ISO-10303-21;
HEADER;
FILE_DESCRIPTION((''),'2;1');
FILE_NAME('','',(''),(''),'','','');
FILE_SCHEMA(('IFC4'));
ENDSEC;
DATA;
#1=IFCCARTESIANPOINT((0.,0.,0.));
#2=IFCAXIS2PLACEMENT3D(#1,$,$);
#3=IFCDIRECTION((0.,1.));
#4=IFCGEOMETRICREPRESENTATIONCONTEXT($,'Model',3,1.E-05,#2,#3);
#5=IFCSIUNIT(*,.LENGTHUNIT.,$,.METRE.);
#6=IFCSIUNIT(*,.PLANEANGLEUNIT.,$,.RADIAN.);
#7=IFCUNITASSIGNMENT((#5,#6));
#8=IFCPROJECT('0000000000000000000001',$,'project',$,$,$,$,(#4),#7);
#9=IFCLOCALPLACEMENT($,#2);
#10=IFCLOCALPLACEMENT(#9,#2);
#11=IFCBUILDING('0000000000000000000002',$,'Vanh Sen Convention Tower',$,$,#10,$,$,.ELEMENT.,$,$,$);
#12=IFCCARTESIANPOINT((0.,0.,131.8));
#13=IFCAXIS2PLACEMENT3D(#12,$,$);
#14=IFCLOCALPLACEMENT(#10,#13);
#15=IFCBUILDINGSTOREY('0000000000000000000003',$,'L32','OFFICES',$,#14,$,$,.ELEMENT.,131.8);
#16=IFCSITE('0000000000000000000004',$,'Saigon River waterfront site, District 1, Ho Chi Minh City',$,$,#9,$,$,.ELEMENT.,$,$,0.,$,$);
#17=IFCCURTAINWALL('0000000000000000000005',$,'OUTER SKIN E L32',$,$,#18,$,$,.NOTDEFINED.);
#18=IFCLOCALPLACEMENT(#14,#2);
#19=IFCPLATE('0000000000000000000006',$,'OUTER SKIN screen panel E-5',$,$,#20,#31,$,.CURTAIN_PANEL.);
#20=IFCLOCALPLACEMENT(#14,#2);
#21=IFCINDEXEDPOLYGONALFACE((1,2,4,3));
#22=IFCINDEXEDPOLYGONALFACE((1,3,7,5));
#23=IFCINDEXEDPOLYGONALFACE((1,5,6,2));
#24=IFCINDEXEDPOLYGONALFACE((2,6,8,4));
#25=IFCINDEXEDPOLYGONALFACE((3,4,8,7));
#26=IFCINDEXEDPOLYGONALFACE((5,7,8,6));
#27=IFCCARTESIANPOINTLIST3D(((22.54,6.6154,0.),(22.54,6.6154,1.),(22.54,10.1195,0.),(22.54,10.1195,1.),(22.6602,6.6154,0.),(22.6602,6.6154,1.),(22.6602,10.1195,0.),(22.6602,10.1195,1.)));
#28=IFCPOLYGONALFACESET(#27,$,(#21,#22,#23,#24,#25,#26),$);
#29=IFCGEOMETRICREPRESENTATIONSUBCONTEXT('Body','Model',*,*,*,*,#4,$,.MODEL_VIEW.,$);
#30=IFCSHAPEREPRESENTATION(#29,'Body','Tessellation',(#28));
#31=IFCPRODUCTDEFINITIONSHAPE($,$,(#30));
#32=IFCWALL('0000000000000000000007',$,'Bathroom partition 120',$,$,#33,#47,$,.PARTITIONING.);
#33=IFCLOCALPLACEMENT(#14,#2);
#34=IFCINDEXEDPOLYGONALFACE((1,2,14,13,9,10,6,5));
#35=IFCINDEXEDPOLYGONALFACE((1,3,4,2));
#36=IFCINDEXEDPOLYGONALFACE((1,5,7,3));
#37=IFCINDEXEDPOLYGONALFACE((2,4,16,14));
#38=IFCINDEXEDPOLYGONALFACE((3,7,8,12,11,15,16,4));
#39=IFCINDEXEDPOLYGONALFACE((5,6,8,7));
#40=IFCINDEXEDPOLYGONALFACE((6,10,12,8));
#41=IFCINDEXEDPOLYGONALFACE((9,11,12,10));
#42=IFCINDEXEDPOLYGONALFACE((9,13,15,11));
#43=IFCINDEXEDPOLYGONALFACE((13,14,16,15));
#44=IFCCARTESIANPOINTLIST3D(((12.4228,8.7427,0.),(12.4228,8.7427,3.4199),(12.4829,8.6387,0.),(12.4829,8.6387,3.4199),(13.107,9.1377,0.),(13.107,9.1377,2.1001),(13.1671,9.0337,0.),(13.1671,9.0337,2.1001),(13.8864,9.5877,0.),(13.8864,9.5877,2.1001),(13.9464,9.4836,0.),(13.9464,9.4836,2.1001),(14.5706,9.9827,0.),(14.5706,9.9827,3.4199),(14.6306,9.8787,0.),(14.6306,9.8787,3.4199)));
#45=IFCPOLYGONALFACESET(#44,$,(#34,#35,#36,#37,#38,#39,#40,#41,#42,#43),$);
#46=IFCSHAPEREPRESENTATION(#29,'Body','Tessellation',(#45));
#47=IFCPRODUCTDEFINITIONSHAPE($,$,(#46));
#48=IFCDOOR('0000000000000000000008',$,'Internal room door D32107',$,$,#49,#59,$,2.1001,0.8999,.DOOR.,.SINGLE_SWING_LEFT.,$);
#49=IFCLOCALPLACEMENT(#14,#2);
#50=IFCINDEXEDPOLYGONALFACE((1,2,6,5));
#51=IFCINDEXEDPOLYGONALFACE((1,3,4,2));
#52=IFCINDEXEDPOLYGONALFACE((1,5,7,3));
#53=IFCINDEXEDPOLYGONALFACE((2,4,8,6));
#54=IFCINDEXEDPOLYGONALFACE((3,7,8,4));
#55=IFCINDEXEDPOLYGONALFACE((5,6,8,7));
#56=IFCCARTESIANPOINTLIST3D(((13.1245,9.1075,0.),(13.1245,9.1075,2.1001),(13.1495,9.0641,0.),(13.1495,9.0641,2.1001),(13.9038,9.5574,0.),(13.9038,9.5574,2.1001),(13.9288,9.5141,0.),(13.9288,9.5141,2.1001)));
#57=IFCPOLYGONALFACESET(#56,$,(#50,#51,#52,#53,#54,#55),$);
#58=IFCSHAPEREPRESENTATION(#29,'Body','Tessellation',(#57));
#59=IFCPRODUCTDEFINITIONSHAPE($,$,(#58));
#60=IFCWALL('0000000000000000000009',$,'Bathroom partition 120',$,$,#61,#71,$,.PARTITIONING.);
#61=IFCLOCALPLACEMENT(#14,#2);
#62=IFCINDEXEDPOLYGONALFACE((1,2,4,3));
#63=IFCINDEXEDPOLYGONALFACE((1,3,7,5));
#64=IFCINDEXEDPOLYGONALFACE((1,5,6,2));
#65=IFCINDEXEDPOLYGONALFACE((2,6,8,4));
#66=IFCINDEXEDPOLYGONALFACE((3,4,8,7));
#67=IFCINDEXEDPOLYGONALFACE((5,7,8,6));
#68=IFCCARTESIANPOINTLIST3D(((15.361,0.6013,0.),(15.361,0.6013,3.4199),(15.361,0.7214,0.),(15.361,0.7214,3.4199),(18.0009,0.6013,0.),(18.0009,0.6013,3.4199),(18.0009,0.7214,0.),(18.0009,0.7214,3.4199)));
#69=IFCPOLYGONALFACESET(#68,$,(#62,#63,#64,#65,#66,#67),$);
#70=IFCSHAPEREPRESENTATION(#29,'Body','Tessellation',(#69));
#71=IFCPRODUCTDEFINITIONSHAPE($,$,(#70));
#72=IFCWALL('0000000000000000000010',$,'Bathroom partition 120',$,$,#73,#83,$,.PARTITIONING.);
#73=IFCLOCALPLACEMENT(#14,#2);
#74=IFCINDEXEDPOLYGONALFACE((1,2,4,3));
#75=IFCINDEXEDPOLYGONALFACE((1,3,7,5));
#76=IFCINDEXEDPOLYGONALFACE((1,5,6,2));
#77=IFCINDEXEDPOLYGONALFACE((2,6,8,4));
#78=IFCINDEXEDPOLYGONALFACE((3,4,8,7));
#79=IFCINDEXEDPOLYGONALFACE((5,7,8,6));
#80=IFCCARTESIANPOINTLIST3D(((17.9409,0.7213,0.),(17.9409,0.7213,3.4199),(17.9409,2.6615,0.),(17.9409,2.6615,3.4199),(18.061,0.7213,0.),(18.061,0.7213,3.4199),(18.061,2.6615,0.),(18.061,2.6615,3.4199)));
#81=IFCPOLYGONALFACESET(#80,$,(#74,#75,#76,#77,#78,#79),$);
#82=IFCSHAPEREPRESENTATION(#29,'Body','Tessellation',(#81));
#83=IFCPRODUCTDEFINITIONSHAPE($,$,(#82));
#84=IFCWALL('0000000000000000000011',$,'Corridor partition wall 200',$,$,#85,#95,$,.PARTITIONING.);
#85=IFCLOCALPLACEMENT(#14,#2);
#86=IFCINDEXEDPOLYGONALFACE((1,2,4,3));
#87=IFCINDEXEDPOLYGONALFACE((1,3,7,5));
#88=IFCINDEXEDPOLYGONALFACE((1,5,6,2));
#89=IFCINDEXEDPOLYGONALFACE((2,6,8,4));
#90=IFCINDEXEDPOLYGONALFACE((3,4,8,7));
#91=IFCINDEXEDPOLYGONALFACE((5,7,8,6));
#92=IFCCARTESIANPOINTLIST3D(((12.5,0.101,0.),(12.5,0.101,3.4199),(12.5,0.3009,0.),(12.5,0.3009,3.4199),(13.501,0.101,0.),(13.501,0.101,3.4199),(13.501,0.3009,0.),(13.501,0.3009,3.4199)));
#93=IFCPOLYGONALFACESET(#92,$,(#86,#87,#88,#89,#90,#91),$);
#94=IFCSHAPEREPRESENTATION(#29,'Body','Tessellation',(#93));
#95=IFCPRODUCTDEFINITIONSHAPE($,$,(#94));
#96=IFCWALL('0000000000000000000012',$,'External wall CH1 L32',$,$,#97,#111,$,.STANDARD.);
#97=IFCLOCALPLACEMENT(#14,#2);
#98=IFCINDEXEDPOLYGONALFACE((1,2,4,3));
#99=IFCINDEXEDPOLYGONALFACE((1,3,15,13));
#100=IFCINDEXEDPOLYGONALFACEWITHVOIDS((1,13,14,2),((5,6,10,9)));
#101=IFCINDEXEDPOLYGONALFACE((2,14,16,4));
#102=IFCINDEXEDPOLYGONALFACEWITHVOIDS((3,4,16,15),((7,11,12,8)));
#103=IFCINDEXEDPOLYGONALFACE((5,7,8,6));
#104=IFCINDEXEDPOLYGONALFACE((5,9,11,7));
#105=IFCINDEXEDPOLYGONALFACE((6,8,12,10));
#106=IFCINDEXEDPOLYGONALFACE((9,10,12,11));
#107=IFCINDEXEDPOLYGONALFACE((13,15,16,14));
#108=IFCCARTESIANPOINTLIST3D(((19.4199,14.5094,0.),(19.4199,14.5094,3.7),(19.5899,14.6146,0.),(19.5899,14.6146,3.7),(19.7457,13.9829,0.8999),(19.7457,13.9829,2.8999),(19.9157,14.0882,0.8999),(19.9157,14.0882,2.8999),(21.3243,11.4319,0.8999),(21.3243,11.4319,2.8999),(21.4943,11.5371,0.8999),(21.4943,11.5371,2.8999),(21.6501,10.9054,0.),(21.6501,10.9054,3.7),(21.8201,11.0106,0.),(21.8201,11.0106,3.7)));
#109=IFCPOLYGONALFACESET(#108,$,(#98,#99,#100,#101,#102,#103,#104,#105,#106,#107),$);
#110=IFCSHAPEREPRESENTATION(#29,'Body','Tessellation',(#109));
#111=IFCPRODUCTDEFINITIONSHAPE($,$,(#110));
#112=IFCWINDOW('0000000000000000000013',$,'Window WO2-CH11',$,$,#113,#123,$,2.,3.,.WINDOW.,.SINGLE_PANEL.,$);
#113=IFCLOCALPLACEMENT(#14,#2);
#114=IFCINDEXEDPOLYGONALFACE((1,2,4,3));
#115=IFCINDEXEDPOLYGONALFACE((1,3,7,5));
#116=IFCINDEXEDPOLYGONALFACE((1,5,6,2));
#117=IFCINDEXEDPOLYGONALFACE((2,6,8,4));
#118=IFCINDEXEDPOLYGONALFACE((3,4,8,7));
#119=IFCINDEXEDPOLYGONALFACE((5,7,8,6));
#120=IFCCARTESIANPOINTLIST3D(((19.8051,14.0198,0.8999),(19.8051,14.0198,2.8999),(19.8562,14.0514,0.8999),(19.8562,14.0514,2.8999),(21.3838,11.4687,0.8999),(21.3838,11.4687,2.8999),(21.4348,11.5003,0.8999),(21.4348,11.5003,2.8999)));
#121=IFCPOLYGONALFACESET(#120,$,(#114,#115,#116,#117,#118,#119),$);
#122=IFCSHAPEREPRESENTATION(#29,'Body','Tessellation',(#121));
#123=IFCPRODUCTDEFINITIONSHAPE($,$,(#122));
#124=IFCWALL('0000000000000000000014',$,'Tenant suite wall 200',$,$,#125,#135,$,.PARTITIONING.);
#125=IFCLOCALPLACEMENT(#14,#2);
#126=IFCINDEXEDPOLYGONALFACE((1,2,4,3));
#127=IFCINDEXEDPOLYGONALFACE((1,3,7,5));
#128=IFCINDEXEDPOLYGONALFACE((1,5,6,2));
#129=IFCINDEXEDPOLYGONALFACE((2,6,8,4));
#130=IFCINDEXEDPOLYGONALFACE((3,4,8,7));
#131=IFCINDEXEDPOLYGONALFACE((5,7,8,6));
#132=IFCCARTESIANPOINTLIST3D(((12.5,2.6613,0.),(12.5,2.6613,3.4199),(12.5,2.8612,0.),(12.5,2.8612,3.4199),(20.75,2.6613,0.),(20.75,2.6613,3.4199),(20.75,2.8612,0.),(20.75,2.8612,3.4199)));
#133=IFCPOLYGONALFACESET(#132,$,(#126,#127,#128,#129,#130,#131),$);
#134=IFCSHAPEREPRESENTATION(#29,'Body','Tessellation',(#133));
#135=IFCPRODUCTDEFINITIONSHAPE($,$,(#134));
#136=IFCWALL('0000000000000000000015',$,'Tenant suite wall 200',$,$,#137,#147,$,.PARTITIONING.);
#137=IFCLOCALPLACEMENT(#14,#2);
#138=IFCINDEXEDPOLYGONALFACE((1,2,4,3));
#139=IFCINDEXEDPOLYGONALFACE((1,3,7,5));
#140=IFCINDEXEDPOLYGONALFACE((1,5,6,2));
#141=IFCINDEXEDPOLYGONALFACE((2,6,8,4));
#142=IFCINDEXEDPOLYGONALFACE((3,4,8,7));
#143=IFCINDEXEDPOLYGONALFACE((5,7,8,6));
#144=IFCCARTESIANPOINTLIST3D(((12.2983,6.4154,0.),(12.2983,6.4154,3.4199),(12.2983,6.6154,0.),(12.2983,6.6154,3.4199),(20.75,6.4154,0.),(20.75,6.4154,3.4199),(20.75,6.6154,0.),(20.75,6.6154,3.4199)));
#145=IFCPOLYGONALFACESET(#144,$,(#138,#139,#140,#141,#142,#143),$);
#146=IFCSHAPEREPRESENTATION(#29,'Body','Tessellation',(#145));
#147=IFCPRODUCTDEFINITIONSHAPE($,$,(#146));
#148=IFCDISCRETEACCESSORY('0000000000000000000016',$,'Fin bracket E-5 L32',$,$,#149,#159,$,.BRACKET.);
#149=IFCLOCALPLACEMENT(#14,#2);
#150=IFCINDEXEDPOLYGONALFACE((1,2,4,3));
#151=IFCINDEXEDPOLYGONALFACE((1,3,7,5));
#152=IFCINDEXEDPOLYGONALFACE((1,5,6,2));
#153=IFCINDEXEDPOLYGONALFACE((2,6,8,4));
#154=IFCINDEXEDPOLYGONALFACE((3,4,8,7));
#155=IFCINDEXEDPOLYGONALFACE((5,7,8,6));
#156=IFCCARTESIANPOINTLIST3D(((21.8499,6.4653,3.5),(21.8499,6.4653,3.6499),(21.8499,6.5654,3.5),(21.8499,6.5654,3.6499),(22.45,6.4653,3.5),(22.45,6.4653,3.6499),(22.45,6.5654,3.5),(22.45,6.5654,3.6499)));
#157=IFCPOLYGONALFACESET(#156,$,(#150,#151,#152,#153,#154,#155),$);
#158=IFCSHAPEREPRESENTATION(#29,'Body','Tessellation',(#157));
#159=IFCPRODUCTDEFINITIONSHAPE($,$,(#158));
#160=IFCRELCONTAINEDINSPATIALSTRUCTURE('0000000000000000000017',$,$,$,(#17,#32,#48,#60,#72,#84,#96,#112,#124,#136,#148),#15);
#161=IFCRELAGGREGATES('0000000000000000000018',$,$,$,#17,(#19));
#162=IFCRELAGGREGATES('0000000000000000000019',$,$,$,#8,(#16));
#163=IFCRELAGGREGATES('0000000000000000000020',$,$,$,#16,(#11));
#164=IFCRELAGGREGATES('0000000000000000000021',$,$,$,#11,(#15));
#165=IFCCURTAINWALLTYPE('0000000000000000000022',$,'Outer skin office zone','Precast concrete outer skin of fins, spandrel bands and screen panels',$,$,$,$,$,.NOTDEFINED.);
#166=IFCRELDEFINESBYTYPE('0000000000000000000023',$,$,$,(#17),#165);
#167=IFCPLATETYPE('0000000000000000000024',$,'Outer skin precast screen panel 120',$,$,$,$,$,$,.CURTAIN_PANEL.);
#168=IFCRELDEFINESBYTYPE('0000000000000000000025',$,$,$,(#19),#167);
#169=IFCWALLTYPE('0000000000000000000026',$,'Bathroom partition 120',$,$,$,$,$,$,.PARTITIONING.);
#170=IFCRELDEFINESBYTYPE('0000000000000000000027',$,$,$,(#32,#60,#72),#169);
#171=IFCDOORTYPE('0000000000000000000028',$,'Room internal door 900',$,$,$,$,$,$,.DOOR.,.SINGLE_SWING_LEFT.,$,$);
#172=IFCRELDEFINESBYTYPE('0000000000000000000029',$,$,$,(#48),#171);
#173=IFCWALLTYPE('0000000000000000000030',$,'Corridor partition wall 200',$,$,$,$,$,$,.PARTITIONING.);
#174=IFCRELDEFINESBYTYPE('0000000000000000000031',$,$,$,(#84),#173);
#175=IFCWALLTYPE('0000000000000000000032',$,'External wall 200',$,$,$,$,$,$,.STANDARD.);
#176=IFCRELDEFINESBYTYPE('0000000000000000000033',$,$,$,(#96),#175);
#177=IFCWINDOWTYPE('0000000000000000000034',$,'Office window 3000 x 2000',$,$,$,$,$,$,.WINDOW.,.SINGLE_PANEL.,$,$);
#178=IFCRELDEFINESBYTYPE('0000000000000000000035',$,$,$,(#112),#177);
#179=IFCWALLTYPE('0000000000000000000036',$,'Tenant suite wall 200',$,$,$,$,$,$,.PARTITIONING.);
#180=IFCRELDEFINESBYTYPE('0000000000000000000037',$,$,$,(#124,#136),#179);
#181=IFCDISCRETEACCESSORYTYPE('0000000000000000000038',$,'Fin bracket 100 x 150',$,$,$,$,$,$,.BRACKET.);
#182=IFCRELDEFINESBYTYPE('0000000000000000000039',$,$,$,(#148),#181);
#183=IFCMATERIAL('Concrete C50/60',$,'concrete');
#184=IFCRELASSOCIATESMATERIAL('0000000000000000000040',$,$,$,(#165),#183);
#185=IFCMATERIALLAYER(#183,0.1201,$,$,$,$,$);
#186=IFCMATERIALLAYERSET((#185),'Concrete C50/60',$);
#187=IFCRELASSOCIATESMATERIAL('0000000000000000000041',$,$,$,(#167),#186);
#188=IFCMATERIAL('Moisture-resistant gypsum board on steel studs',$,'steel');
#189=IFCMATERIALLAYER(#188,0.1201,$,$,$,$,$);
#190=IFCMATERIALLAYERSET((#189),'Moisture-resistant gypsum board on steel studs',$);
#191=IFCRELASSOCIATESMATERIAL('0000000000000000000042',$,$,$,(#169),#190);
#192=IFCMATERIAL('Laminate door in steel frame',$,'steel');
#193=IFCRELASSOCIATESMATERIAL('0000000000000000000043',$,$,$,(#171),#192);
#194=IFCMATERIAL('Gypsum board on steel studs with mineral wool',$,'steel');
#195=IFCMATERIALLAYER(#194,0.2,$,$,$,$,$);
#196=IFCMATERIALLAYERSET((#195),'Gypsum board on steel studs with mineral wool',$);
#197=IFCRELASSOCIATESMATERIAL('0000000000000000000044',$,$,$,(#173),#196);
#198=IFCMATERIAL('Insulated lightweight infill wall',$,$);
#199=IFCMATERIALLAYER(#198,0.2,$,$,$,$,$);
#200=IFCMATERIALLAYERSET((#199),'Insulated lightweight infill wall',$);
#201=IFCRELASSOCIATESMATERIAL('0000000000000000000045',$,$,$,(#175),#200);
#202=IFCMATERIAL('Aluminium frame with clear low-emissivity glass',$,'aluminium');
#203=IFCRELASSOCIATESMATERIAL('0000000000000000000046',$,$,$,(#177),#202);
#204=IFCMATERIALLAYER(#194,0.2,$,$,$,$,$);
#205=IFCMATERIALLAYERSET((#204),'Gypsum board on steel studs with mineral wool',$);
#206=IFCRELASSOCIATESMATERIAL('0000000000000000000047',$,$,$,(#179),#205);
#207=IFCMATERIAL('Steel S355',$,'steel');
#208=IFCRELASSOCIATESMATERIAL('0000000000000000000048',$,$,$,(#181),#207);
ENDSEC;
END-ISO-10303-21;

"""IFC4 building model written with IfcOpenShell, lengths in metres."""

from ifc_helpers import new_model, si_unit, direction, frame, frame_2d, origin, origin_2d, place, context, subcontext, project, spatial, rectangle, extrude, material, layer, layer_set, type_object, element, fill, aggregate, save


model = new_model("IFC4")

# Units and contexts
model_context = context("Model", 3, precision=1e-05, world=origin(), true_north=direction((0.0, 1.0)))
body_context = subcontext(model_context, "Body", "Model", "MODEL_VIEW")
ifc_project = project(units=[si_unit("LENGTHUNIT", "METRE"), si_unit("PLANEANGLEUNIT", "RADIAN")], contexts=[model_context])

# Site, building, storey
site_placement = place(None, origin())
site = spatial("IfcSite", under=ifc_project, at=site_placement, Name="Saigon River waterfront site, District 1, Ho Chi Minh City", CompositionType="ELEMENT", RefElevation=0.0)
building_placement = place(site_placement, origin())
building = spatial("IfcBuilding", under=site, at=building_placement, Name="Vanh Sen Convention Tower", CompositionType="ELEMENT")
storey_placement = place(building_placement, frame((0.0, 0.0, 131.8)))
storey = spatial("IfcBuildingStorey", under=building, at=storey_placement, Name="L32", Description="OFFICES", CompositionType="ELEMENT", Elevation=131.8)

# Curtain wall
ifc_material_1 = material(Name="Concrete C50/60", Category="concrete")
curtain_wall_type = type_object("IfcCurtainWallType", Name="Outer skin office zone", Description="Precast concrete outer skin of fins, spandrel bands and screen panels", PredefinedType="NOTDEFINED", material=ifc_material_1)
curtain_wall_1_placement = place(storey_placement, origin())
curtain_wall_1 = element("IfcCurtainWall", 1, at=curtain_wall_1_placement, inside=storey, type_object=curtain_wall_type, Name="OUTER SKIN E L32", PredefinedType="NOTDEFINED")

# Plate
ifc_layer_1 = layer(ifc_material_1, 0.1201)
ifc_layer_set_1 = layer_set([ifc_layer_1], Name="Concrete C50/60")
plate_type = type_object("IfcPlateType", Name="Outer skin precast screen panel 120", PredefinedType="CURTAIN_PANEL", material=ifc_layer_set_1)
plate_1_placement = place(storey_placement, frame((22.6001, 8.3674, 0.0), z_axis=(0.0, 0.0, 1.0), x_axis=(0.0, 1.0, 0.0)))
plate_1 = element("IfcPlate", 2, at=plate_1_placement, type_object=plate_type, Name="OUTER SKIN screen panel E-5", PredefinedType="CURTAIN_PANEL", context=body_context, shape_type="SweptSolid", body=[
    extrude(rectangle(XDim=3.5042, YDim=0.1201, at=origin_2d()), origin(), (0.0, 0.0, 1.0), 1.0),
])
aggregate(curtain_wall_1, [plate_1])

# Wall, opening, door
ifc_material_2 = material(Name="Moisture-resistant gypsum board on steel studs", Category="steel")
ifc_layer_2 = layer(ifc_material_2, 0.1201)
ifc_layer_set_2 = layer_set([ifc_layer_2], Name="Moisture-resistant gypsum board on steel studs")
wall_type_1 = type_object("IfcWallType", Name="Bathroom partition 120", PredefinedType="PARTITIONING", material=ifc_layer_set_2)
wall_1_placement = place(storey_placement, frame((14.6006, 9.9307, 0.0), z_axis=(0.0, 0.0, 1.0), x_axis=(-0.866023, -0.500004, 0.0)))
wall_1 = element("IfcWall", 3, at=wall_1_placement, inside=storey, type_object=wall_type_1, Name="Bathroom partition 120", PredefinedType="PARTITIONING", context=body_context, shape_type="SweptSolid", body=[
    extrude(rectangle(XDim=2.48, YDim=0.1201, at=frame_2d((1.24, 0.0))), origin(), (0.0, 0.0, 1.0), 3.4199),
])
opening_1_placement = place(wall_1_placement, frame((0.79, 0.0, 0.0)))
opening_1 = element("IfcOpeningElement", 4, at=opening_1_placement, cuts=wall_1, PredefinedType="OPENING", context=body_context, shape_type="SweptSolid", body=[
    extrude(rectangle(XDim=0.8999, YDim=2.1001, at=frame_2d((0.45, 1.05))), frame((0.0, 0.0701, 0.0), z_axis=(0.0, -1.0, 0.0), x_axis=(1.0, 0.0, 0.0)), (0.0, 0.0, 1.0), 0.1401),
])
ifc_material_3 = material(Name="Laminate door in steel frame", Category="steel")
door_type = type_object("IfcDoorType", Name="Room internal door 900", OperationType="SINGLE_SWING_LEFT", PredefinedType="DOOR", material=ifc_material_3)
door_placement = place(opening_1_placement, origin())
door = element("IfcDoor", 5, at=door_placement, inside=storey, type_object=door_type, Name="Internal room door D32107", OperationType="SINGLE_SWING_LEFT", OverallHeight=2.1001, OverallWidth=0.8999, PredefinedType="DOOR", context=body_context, shape_type="SweptSolid", body=[
    extrude(rectangle(XDim=0.8999, YDim=2.1001, at=frame_2d((0.45, 1.05))), frame((0.0, 0.0249, 0.0), z_axis=(0.0, -1.0, 0.0), x_axis=(1.0, 0.0, 0.0)), (0.0, 0.0, 1.0), 0.05),
])
fill(opening_1, door)

# Walls
wall_2_placement = place(storey_placement, frame((15.3611, 0.6614, 0.0), z_axis=(0.0, 0.0, 1.0), x_axis=(1.0, 0.0, 0.0)))
element("IfcWall", 6, at=wall_2_placement, inside=storey, type_object=wall_type_1, Name="Bathroom partition 120", PredefinedType="PARTITIONING", context=body_context, shape_type="SweptSolid", body=[
    extrude(rectangle(XDim=2.6399, YDim=0.1201, at=frame_2d((1.3198, 0.0))), origin(), (0.0, 0.0, 1.0), 3.4199),
])
wall_3_placement = place(storey_placement, frame((18.001, 0.7212, 0.0), z_axis=(0.0, 0.0, 1.0), x_axis=(0.0, 1.0, 0.0)))
element("IfcWall", 7, at=wall_3_placement, inside=storey, type_object=wall_type_1, Name="Bathroom partition 120", PredefinedType="PARTITIONING", context=body_context, shape_type="SweptSolid", body=[
    extrude(rectangle(XDim=1.9402, YDim=0.1201, at=frame_2d((0.9702, 0.0))), origin(), (0.0, 0.0, 1.0), 3.4199),
])
ifc_material_4 = material(Name="Gypsum board on steel studs with mineral wool", Category="steel")
ifc_layer_3 = layer(ifc_material_4, 0.2)
ifc_layer_set_3 = layer_set([ifc_layer_3], Name="Gypsum board on steel studs with mineral wool")
wall_type_2 = type_object("IfcWallType", Name="Corridor partition wall 200", PredefinedType="PARTITIONING", material=ifc_layer_set_3)
wall_4_placement = place(storey_placement, frame((13.501, 0.2009, 0.0), z_axis=(0.0, 0.0, 1.0), x_axis=(-1.0, 0.0, 0.0)))
element("IfcWall", 8, at=wall_4_placement, inside=storey, type_object=wall_type_2, Name="Corridor partition wall 200", PredefinedType="PARTITIONING", context=body_context, shape_type="SweptSolid", body=[
    extrude(rectangle(XDim=1.001, YDim=0.2, at=frame_2d((0.5005, 0.0))), origin(), (0.0, 0.0, 1.0), 3.4199),
])

# Wall, opening, window
ifc_material_5 = material(Name="Insulated lightweight infill wall")
ifc_layer_4 = layer(ifc_material_5, 0.2)
ifc_layer_set_4 = layer_set([ifc_layer_4], Name="Insulated lightweight infill wall")
wall_type_3 = type_object("IfcWallType", Name="External wall 200", PredefinedType="STANDARD", material=ifc_layer_set_4)
wall_5_placement = place(storey_placement, frame((21.7351, 10.958, 0.0), z_axis=(0.0, 0.0, 1.0), x_axis=(-0.526214, 0.850352, 0.0)))
wall_5 = element("IfcWall", 9, at=wall_5_placement, inside=storey, type_object=wall_type_3, Name="External wall CH1 L32", PredefinedType="STANDARD", context=body_context, shape_type="SweptSolid", body=[
    extrude(rectangle(XDim=4.2383, YDim=0.2, at=frame_2d((2.1191, 0.0))), origin(), (0.0, 0.0, 1.0), 3.7),
])
opening_2_placement = place(wall_5_placement, frame((0.6191, 0.0, 0.8999)))
opening_2 = element("IfcOpeningElement", 10, at=opening_2_placement, cuts=wall_5, PredefinedType="OPENING", context=body_context, shape_type="SweptSolid", body=[
    extrude(rectangle(XDim=3.0, YDim=2.0, at=frame_2d((1.5, 1.0))), frame((0.0, 0.1099, 0.0), z_axis=(0.0, -1.0, 0.0), x_axis=(1.0, 0.0, 0.0)), (0.0, 0.0, 1.0), 0.22),
])
ifc_material_6 = material(Name="Aluminium frame with clear low-emissivity glass", Category="aluminium")
window_type = type_object("IfcWindowType", Name="Office window 3000 x 2000", PartitioningType="SINGLE_PANEL", PredefinedType="WINDOW", material=ifc_material_6)
window_placement = place(opening_2_placement, origin())
window = element("IfcWindow", 11, at=window_placement, inside=storey, type_object=window_type, Name="Window WO2-CH11", OverallHeight=2.0, OverallWidth=3.0, PartitioningType="SINGLE_PANEL", PredefinedType="WINDOW", context=body_context, shape_type="SweptSolid", body=[
    extrude(rectangle(XDim=3.0, YDim=2.0, at=frame_2d((1.5, 1.0))), frame((0.0, 0.03, 0.0), z_axis=(0.0, -1.0, 0.0), x_axis=(1.0, 0.0, 0.0)), (0.0, 0.0, 1.0), 0.0601),
])
fill(opening_2, window)

# Walls
ifc_layer_5 = layer(ifc_material_4, 0.2)
ifc_layer_set_5 = layer_set([ifc_layer_5], Name="Gypsum board on steel studs with mineral wool")
wall_type_4 = type_object("IfcWallType", Name="Tenant suite wall 200", PredefinedType="PARTITIONING", material=ifc_layer_set_5)
wall_6_placement = place(storey_placement, frame((20.75, 2.7612, 0.0), z_axis=(0.0, 0.0, 1.0), x_axis=(-1.0, 0.0, 0.0)))
element("IfcWall", 12, at=wall_6_placement, inside=storey, type_object=wall_type_4, Name="Tenant suite wall 200", PredefinedType="PARTITIONING", context=body_context, shape_type="SweptSolid", body=[
    extrude(rectangle(XDim=8.25, YDim=0.2, at=frame_2d((4.125, 0.0))), origin(), (0.0, 0.0, 1.0), 3.4199),
])
wall_7_placement = place(storey_placement, frame((20.75, 6.5154, 0.0), z_axis=(0.0, 0.0, 1.0), x_axis=(-1.0, 0.0, 0.0)))
element("IfcWall", 13, at=wall_7_placement, inside=storey, type_object=wall_type_4, Name="Tenant suite wall 200", PredefinedType="PARTITIONING", context=body_context, shape_type="SweptSolid", body=[
    extrude(rectangle(XDim=8.4517, YDim=0.2, at=frame_2d((4.2258, 0.0))), origin(), (0.0, 0.0, 1.0), 3.4199),
])

# Discrete accessory
ifc_material_7 = material(Name="Steel S355", Category="steel")
discrete_accessory_type = type_object("IfcDiscreteAccessoryType", Name="Fin bracket 100 x 150", PredefinedType="BRACKET", material=ifc_material_7)
discrete_accessory_placement = place(storey_placement, frame((22.1499, 6.5154, 3.5), z_axis=(0.0, 0.0, 1.0), x_axis=(1.0, 0.0, 0.0)))
element("IfcDiscreteAccessory", 14, at=discrete_accessory_placement, inside=storey, type_object=discrete_accessory_type, Name="Fin bracket E-5 L32", PredefinedType="BRACKET", context=body_context, shape_type="SweptSolid", body=[
    extrude(rectangle(XDim=0.6001, YDim=0.1001, at=origin_2d()), origin(), (0.0, 0.0, 1.0), 0.1499),
])

save(model, "model.ifc")
